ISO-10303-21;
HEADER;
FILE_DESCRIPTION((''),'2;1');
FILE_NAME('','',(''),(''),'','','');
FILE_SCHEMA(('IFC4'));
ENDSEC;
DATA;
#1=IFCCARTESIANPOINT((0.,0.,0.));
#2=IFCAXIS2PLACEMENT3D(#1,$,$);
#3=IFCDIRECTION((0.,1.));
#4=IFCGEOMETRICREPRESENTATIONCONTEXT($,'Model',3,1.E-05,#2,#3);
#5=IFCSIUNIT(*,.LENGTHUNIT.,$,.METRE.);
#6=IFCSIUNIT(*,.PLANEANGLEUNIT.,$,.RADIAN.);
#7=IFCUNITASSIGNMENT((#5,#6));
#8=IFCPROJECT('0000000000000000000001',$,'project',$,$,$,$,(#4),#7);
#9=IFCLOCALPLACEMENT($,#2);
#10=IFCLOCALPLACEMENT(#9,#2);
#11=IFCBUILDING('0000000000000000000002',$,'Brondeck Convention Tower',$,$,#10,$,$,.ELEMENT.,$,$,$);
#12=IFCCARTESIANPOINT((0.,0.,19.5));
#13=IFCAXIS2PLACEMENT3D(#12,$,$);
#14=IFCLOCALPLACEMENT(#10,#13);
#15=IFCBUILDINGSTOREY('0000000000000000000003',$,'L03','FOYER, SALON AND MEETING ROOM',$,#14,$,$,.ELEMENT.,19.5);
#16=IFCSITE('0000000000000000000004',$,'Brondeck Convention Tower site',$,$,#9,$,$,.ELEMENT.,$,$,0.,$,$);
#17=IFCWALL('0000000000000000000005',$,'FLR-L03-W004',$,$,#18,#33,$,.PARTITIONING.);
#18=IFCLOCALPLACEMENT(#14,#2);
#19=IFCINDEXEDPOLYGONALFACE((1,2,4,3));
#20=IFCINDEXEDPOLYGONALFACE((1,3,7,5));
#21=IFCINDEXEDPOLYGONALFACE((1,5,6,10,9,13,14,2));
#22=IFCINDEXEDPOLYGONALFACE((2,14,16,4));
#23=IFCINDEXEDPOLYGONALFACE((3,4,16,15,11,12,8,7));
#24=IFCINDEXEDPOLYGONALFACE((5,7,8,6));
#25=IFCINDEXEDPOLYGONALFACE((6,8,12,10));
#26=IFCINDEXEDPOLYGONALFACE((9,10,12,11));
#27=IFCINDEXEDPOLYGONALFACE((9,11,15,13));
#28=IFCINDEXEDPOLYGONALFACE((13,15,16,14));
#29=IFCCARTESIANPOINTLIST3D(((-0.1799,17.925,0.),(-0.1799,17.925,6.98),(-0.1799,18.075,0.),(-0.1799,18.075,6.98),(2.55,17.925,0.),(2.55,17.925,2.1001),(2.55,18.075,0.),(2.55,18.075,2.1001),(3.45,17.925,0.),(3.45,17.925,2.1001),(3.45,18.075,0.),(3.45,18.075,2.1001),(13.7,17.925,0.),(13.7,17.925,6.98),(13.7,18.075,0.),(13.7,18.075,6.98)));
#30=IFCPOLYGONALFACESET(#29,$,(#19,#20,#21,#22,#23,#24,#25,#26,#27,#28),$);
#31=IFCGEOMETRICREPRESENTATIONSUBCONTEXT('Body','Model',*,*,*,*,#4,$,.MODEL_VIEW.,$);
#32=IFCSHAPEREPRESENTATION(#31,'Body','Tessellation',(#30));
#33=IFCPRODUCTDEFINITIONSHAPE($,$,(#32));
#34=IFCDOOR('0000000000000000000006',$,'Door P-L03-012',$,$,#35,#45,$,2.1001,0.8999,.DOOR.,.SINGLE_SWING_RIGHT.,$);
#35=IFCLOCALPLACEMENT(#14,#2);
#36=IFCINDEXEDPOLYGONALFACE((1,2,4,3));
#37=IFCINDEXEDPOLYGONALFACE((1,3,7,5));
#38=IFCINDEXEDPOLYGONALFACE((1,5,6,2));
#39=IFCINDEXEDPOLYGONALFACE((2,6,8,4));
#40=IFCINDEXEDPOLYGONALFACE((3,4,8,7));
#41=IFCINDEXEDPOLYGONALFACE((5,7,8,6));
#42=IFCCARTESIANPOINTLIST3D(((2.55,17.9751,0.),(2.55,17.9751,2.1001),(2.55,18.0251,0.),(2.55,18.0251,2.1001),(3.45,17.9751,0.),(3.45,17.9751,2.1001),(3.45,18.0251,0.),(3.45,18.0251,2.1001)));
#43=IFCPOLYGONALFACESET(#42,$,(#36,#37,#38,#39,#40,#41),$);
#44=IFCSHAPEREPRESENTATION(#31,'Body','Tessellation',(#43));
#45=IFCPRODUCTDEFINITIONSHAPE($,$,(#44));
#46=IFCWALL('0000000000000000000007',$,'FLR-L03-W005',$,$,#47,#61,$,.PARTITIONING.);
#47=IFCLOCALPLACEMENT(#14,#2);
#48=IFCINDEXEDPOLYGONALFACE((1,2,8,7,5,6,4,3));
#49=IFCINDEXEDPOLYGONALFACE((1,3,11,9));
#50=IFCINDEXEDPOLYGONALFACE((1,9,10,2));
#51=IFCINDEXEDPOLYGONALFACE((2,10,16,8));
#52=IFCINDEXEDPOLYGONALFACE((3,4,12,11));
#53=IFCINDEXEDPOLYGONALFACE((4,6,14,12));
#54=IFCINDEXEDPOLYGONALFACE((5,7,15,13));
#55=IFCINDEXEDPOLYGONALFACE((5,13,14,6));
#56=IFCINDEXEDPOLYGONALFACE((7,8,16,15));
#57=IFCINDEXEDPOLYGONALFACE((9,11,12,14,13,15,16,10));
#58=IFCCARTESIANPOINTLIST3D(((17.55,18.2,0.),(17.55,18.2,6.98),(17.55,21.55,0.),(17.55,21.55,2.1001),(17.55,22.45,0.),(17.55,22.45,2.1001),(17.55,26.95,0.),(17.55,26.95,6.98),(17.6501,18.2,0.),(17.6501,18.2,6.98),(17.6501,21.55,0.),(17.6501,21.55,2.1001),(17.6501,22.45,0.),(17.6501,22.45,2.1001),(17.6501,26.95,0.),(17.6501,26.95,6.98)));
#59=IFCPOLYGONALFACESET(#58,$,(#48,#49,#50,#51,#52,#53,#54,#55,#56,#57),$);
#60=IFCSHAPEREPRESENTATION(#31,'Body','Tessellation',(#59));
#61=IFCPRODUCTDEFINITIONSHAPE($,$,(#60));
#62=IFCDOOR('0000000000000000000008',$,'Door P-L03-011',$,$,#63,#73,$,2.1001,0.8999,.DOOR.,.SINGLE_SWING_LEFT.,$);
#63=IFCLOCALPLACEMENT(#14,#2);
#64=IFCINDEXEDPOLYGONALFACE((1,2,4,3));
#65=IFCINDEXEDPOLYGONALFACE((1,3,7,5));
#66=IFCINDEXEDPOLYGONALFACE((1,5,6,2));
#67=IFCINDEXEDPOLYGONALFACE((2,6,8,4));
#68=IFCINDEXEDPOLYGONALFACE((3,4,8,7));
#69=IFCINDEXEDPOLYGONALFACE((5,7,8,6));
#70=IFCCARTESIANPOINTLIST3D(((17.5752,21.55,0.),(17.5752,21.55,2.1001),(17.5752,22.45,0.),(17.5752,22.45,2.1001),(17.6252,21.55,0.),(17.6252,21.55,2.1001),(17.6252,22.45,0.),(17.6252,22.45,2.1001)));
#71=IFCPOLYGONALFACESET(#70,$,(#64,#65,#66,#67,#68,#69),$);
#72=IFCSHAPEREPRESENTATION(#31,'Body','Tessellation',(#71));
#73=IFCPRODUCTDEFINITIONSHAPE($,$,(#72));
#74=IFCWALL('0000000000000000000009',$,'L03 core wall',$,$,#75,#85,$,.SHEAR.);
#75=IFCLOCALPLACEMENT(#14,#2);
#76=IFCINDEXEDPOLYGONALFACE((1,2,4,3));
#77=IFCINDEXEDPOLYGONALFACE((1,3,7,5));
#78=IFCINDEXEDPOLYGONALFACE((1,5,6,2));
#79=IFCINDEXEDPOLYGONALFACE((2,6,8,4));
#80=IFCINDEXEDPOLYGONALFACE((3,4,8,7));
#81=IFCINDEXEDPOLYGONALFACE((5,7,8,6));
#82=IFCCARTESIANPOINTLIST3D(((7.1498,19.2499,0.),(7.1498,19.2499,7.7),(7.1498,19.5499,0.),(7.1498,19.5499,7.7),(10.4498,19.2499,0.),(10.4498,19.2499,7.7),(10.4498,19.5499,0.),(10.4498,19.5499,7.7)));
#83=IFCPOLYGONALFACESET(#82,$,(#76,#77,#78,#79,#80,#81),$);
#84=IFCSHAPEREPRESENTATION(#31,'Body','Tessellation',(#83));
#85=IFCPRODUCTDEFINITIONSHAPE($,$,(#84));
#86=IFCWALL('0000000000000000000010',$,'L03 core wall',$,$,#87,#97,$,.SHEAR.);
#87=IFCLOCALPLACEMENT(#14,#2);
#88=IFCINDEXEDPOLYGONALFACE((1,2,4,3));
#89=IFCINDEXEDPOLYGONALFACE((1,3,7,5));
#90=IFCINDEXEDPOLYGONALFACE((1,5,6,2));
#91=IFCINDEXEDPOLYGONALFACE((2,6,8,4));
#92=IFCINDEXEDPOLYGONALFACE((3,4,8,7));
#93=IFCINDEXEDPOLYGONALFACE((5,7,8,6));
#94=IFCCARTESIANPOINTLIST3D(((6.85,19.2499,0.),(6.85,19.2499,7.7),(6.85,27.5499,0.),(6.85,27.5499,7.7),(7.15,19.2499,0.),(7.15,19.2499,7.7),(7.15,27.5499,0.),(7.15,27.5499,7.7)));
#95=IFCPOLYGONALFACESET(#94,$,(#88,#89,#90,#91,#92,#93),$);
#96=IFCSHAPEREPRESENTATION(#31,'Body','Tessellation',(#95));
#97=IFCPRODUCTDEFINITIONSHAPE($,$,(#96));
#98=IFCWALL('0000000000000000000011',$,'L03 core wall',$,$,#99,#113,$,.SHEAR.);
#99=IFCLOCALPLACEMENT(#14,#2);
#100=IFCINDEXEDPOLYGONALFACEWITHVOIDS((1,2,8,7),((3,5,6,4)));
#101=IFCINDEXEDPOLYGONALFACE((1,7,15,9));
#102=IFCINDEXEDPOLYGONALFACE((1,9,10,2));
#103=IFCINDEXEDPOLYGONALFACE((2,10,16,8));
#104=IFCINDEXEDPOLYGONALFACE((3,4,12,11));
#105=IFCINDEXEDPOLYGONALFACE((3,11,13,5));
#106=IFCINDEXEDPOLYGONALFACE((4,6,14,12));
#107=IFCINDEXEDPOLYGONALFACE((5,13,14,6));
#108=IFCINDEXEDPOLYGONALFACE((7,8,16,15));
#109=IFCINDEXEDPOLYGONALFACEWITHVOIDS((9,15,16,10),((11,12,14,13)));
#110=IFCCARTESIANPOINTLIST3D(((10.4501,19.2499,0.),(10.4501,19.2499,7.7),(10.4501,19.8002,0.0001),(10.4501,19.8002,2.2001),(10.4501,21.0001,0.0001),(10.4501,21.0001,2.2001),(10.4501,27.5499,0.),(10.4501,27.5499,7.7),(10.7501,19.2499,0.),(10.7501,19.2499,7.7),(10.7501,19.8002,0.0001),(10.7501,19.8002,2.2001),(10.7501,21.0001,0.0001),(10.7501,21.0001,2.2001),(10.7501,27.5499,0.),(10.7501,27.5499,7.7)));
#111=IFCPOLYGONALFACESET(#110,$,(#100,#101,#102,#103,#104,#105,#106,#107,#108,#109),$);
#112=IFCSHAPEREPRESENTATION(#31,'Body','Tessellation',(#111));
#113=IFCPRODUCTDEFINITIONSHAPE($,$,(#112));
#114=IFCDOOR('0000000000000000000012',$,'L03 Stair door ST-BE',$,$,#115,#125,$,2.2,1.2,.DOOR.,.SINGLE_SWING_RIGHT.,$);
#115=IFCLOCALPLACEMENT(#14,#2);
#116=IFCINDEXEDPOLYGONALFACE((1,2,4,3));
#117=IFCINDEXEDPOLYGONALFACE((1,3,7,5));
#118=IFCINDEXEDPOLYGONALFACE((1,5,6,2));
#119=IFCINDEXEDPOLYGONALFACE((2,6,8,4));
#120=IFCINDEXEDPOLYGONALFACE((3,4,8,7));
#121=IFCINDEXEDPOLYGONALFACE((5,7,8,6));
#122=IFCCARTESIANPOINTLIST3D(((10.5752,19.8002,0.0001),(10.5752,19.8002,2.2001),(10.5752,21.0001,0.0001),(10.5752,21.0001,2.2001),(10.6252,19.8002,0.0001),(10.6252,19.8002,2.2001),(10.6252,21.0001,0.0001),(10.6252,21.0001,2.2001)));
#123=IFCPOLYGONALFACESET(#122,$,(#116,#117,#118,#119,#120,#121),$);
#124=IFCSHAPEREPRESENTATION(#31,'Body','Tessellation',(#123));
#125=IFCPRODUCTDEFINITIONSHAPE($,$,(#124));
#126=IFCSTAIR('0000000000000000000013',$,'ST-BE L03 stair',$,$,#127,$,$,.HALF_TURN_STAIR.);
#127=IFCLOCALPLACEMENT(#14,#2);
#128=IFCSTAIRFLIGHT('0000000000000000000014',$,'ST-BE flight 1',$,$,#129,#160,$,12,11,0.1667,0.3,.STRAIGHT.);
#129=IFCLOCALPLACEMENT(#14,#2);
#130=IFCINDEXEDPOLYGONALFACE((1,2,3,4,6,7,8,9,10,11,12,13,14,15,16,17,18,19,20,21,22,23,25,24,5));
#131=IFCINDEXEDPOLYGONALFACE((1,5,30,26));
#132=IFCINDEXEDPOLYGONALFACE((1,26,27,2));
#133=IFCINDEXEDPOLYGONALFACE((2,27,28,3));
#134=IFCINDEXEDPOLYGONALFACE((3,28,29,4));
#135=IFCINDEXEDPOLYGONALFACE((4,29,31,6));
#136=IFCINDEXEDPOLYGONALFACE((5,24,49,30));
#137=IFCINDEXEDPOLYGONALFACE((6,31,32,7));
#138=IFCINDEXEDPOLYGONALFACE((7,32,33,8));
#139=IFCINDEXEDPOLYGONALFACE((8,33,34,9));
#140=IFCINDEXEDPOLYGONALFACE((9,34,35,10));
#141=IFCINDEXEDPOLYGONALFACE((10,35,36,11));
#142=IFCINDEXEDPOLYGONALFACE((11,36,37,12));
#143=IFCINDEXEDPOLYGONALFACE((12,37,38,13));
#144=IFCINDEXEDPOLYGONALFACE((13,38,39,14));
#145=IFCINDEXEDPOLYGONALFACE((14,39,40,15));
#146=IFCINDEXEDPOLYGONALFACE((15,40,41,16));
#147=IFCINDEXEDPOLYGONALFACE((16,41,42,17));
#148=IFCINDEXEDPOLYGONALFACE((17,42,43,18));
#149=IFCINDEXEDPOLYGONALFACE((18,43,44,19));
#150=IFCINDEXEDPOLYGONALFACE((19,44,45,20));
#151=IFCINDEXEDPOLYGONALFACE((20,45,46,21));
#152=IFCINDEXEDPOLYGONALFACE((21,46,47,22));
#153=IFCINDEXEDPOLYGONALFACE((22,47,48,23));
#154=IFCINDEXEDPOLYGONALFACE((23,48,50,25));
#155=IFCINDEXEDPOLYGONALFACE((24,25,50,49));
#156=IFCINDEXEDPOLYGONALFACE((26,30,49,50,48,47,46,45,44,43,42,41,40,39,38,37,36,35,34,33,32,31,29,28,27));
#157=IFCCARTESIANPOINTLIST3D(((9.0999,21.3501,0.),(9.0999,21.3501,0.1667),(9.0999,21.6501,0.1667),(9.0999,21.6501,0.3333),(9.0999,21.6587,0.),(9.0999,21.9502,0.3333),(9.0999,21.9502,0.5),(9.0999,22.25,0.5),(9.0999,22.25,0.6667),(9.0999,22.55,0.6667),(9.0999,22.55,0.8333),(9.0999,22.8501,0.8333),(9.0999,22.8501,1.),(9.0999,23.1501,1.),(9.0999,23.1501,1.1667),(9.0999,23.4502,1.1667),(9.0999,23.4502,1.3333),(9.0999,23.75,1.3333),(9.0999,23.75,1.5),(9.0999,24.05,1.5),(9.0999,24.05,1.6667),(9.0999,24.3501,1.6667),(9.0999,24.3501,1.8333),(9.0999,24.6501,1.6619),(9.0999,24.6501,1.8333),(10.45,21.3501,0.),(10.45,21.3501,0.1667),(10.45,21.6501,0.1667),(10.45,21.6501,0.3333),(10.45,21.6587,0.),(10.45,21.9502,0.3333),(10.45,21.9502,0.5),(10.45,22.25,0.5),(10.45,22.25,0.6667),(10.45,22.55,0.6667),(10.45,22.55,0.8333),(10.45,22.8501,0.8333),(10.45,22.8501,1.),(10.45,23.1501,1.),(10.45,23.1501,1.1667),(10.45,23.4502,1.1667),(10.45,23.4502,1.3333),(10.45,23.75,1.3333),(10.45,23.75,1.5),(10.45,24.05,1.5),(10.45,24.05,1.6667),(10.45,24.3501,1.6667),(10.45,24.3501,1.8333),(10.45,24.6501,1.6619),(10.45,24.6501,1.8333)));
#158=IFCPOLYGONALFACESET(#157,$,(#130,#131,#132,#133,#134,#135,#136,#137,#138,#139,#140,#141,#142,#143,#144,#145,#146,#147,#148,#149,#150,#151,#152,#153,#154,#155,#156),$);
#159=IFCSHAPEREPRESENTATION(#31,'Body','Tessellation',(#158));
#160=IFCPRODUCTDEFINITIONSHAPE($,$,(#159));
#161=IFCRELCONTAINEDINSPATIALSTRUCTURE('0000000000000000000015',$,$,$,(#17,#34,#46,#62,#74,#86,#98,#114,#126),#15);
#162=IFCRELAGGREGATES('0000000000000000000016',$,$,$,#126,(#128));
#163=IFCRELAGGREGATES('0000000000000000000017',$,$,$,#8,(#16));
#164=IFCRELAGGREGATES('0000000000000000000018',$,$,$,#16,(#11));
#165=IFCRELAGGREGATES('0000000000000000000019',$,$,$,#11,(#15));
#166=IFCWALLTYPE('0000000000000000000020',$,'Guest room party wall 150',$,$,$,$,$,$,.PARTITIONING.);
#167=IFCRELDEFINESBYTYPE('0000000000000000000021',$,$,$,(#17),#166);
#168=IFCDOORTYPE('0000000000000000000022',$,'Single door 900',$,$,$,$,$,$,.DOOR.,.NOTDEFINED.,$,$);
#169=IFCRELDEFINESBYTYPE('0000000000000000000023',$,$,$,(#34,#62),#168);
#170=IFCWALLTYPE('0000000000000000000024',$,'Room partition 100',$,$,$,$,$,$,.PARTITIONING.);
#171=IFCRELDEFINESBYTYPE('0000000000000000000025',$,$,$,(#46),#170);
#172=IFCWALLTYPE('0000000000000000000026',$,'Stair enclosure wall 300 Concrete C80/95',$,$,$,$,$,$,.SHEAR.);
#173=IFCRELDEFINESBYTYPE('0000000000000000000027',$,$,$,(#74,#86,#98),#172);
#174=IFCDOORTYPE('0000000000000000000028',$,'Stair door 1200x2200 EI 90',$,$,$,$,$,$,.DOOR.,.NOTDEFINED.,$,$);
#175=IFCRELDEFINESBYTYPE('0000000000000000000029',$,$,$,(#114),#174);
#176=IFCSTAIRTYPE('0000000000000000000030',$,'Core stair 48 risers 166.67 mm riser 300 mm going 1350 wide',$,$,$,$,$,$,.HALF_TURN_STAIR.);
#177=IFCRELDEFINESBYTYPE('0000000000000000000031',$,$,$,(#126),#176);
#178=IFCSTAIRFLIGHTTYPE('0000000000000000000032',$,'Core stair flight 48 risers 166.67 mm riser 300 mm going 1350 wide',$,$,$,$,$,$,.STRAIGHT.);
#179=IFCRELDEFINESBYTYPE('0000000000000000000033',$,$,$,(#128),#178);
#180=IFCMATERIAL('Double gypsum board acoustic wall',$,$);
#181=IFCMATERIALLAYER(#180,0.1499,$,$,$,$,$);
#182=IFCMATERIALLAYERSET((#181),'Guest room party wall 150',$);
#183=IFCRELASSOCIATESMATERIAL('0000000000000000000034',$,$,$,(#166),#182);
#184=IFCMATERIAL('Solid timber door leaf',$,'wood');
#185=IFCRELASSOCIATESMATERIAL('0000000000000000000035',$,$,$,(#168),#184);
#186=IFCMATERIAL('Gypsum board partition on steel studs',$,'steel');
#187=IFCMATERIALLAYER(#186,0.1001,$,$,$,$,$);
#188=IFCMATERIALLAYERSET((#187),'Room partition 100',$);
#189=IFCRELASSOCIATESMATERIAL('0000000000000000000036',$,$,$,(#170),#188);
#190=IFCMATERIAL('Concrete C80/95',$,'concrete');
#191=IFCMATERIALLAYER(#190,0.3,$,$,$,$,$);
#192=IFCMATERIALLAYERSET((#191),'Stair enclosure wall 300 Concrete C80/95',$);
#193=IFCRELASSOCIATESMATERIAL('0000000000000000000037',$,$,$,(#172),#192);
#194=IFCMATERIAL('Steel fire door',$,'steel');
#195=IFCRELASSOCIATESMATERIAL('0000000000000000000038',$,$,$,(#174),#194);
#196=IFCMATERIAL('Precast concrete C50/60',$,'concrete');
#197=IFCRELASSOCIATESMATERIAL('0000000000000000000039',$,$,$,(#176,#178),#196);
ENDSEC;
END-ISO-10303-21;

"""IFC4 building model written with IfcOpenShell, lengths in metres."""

from ifc_helpers import new_model, si_unit, direction, frame, frame_2d, origin, place, context, subcontext, project, spatial, polyline, rectangle, outline, extrude, material, layer, layer_set, type_object, element, fill, aggregate, save


model = new_model("IFC4")

# Units and contexts
model_context = context("Model", 3, precision=1e-05, world=origin(), true_north=direction((0.0, 1.0)))
body_context = subcontext(model_context, "Body", "Model", "MODEL_VIEW")
ifc_project = project(units=[si_unit("LENGTHUNIT", "METRE"), si_unit("PLANEANGLEUNIT", "RADIAN")], contexts=[model_context])

# Site, building, storey
site_placement = place(None, origin())
site = spatial("IfcSite", under=ifc_project, at=site_placement, Name="Brondeck Convention Tower site", CompositionType="ELEMENT", RefElevation=0.0)
building_placement = place(site_placement, origin())
building = spatial("IfcBuilding", under=site, at=building_placement, Name="Brondeck Convention Tower", CompositionType="ELEMENT")
storey_placement = place(building_placement, frame((0.0, 0.0, 19.5)))
storey = spatial("IfcBuildingStorey", under=building, at=storey_placement, Name="L03", Description="FOYER, SALON AND MEETING ROOM", CompositionType="ELEMENT", Elevation=19.5)

# Shared definitions
ifc_material_1 = material(Name="Concrete C80/95", Category="concrete")

# Walls, openings, doors
ifc_material_2 = material(Name="Double gypsum board acoustic wall")
ifc_layer_1 = layer(ifc_material_2, 0.1499)
ifc_layer_set_1 = layer_set([ifc_layer_1], Name="Guest room party wall 150")
wall_type_1 = type_object("IfcWallType", Name="Guest room party wall 150", PredefinedType="PARTITIONING", material=ifc_layer_set_1)
wall_1_placement = place(storey_placement, frame((13.7, 18.0, 0.0), z_axis=(0.0, 0.0, 1.0), x_axis=(-1.0, 0.0, 0.0)))
wall_1 = element("IfcWall", 1, at=wall_1_placement, inside=storey, type_object=wall_type_1, Name="FLR-L03-W004", PredefinedType="PARTITIONING", context=body_context, shape_type="SweptSolid", body=[
    extrude(rectangle(XDim=13.8799, YDim=0.1499, at=frame_2d((6.9399, 0.0))), origin(), (0.0, 0.0, 1.0), 6.98),
])
opening_1_placement = place(wall_1_placement, frame((10.25, 0.0, 0.0)))
opening_1 = element("IfcOpeningElement", 2, at=opening_1_placement, cuts=wall_1, PredefinedType="OPENING", context=body_context, shape_type="SweptSolid", body=[
    extrude(rectangle(XDim=0.8999, YDim=2.1001, at=frame_2d((0.45, 1.05))), frame((0.0, 0.085, 0.0), z_axis=(0.0, -1.0, 0.0), x_axis=(1.0, 0.0, 0.0)), (0.0, 0.0, 1.0), 0.1699),
])
ifc_material_3 = material(Name="Solid timber door leaf", Category="wood")
door_type_1 = type_object("IfcDoorType", Name="Single door 900", OperationType="NOTDEFINED", PredefinedType="DOOR", material=ifc_material_3)
door_1_placement = place(opening_1_placement, origin())
door_1 = element("IfcDoor", 3, at=door_1_placement, inside=storey, type_object=door_type_1, Name="Door P-L03-012", OperationType="SINGLE_SWING_RIGHT", OverallHeight=2.1001, OverallWidth=0.8999, PredefinedType="DOOR", context=body_context, shape_type="SweptSolid", body=[
    extrude(rectangle(XDim=0.8999, YDim=2.1001, at=frame_2d((0.45, 1.05))), frame((0.0, 0.0249, 0.0), z_axis=(0.0, -1.0, 0.0), x_axis=(1.0, 0.0, 0.0)), (0.0, 0.0, 1.0), 0.05),
])
fill(opening_1, door_1)
ifc_material_4 = material(Name="Gypsum board partition on steel studs", Category="steel")
ifc_layer_2 = layer(ifc_material_4, 0.1001)
ifc_layer_set_2 = layer_set([ifc_layer_2], Name="Room partition 100")
wall_type_2 = type_object("IfcWallType", Name="Room partition 100", PredefinedType="PARTITIONING", material=ifc_layer_set_2)
wall_2_placement = place(storey_placement, frame((17.6001, 18.2, 0.0), z_axis=(0.0, 0.0, 1.0), x_axis=(0.0, 1.0, 0.0)))
wall_2 = element("IfcWall", 4, at=wall_2_placement, inside=storey, type_object=wall_type_2, Name="FLR-L03-W005", PredefinedType="PARTITIONING", context=body_context, shape_type="SweptSolid", body=[
    extrude(rectangle(XDim=8.75, YDim=0.1001, at=frame_2d((4.375, 0.0))), origin(), (0.0, 0.0, 1.0), 6.98),
])
opening_2_placement = place(wall_2_placement, frame((3.3501, 0.0, 0.0)))
opening_2 = element("IfcOpeningElement", 5, at=opening_2_placement, cuts=wall_2, PredefinedType="OPENING", context=body_context, shape_type="SweptSolid", body=[
    extrude(rectangle(XDim=0.8999, YDim=2.1001, at=frame_2d((0.45, 1.05))), frame((0.0, 0.0601, 0.0), z_axis=(0.0, -1.0, 0.0), x_axis=(1.0, 0.0, 0.0)), (0.0, 0.0, 1.0), 0.1201),
])
door_2_placement = place(opening_2_placement, origin())
door_2 = element("IfcDoor", 6, at=door_2_placement, inside=storey, type_object=door_type_1, Name="Door P-L03-011", OperationType="SINGLE_SWING_LEFT", OverallHeight=2.1001, OverallWidth=0.8999, PredefinedType="DOOR", context=body_context, shape_type="SweptSolid", body=[
    extrude(rectangle(XDim=0.8999, YDim=2.1001, at=frame_2d((0.45, 1.05))), frame((0.0, 0.0249, 0.0), z_axis=(0.0, -1.0, 0.0), x_axis=(1.0, 0.0, 0.0)), (0.0, 0.0, 1.0), 0.05),
])
fill(opening_2, door_2)

# Walls
ifc_layer_3 = layer(ifc_material_1, 0.3)
ifc_layer_set_3 = layer_set([ifc_layer_3], Name="Stair enclosure wall 300 Concrete C80/95")
wall_type_3 = type_object("IfcWallType", Name="Stair enclosure wall 300 Concrete C80/95", PredefinedType="SHEAR", material=ifc_layer_set_3)
wall_3_placement = place(storey_placement, frame((7.1499, 19.3999, 0.0), z_axis=(0.0, 0.0, 1.0), x_axis=(1.0, 0.0, 0.0)))
element("IfcWall", 7, at=wall_3_placement, inside=storey, type_object=wall_type_3, Name="L03 core wall", PredefinedType="SHEAR", context=body_context, shape_type="SweptSolid", body=[
    extrude(rectangle(XDim=3.3, YDim=0.3, at=frame_2d((1.6499, 0.0))), origin(), (0.0, 0.0, 1.0), 7.7),
])
wall_4_placement = place(storey_placement, frame((7.0, 19.25, 0.0), z_axis=(0.0, 0.0, 1.0), x_axis=(0.0, 1.0, 0.0)))
element("IfcWall", 8, at=wall_4_placement, inside=storey, type_object=wall_type_3, Name="L03 core wall", PredefinedType="SHEAR", context=body_context, shape_type="SweptSolid", body=[
    extrude(rectangle(XDim=8.3, YDim=0.3, at=frame_2d((4.1499, 0.0))), origin(), (0.0, 0.0, 1.0), 7.7),
])

# Wall, opening, door
wall_5_placement = place(storey_placement, frame((10.6001, 19.25, 0.0), z_axis=(0.0, 0.0, 1.0), x_axis=(0.0, 1.0, 0.0)))
wall_5 = element("IfcWall", 9, at=wall_5_placement, inside=storey, type_object=wall_type_3, Name="L03 core wall", PredefinedType="SHEAR", context=body_context, shape_type="SweptSolid", body=[
    extrude(rectangle(XDim=8.3, YDim=0.3, at=frame_2d((4.1499, 0.0))), origin(), (0.0, 0.0, 1.0), 7.7),
])
opening_3_placement = place(wall_5_placement, frame((0.55, 0.0, 0.0)))
opening_3 = element("IfcOpeningElement", 10, at=opening_3_placement, cuts=wall_5, PredefinedType="OPENING", context=body_context, shape_type="SweptSolid", body=[
    extrude(rectangle(XDim=1.2, YDim=2.2, at=frame_2d((0.6001, 1.1001))), frame((0.0, 0.1599, 0.0), z_axis=(0.0, -1.0, 0.0), x_axis=(1.0, 0.0, 0.0)), (0.0, 0.0, 1.0), 0.3201),
])
ifc_material_5 = material(Name="Steel fire door", Category="steel")
door_type_2 = type_object("IfcDoorType", Name="Stair door 1200x2200 EI 90", OperationType="NOTDEFINED", PredefinedType="DOOR", material=ifc_material_5)
door_3_placement = place(opening_3_placement, origin())
door_3 = element("IfcDoor", 11, at=door_3_placement, inside=storey, type_object=door_type_2, Name="L03 Stair door ST-BE", OperationType="SINGLE_SWING_RIGHT", OverallHeight=2.2, OverallWidth=1.2, PredefinedType="DOOR", context=body_context, shape_type="SweptSolid", body=[
    extrude(rectangle(XDim=1.2, YDim=2.2, at=frame_2d((0.6001, 1.1001))), frame((0.0, 0.0249, 0.0), z_axis=(0.0, -1.0, 0.0), x_axis=(1.0, 0.0, 0.0)), (0.0, 0.0, 1.0), 0.05),
])
fill(opening_3, door_3)

# Stair, stair flight
ifc_material_6 = material(Name="Precast concrete C50/60", Category="concrete")
stair_type = type_object("IfcStairType", Name="Core stair 48 risers 166.67 mm riser 300 mm going 1350 wide", PredefinedType="HALF_TURN_STAIR", material=ifc_material_6)
stair_placement = place(storey_placement, origin())
stair = element("IfcStair", 12, at=stair_placement, inside=storey, type_object=stair_type, Name="ST-BE L03 stair", PredefinedType="HALF_TURN_STAIR")
stair_flight_type = type_object("IfcStairFlightType", Name="Core stair flight 48 risers 166.67 mm riser 300 mm going 1350 wide", PredefinedType="STRAIGHT", material=ifc_material_6)
stair_flight_1_placement = place(storey_placement, frame((9.7749, 21.3501, 0.0), z_axis=(0.0, 0.0, 1.0), x_axis=(0.0, 1.0, 0.0)))
stair_flight_1 = element("IfcStairFlight", 13, at=stair_flight_1_placement, type_object=stair_flight_type, Name="ST-BE flight 1", NumberOfRisers=12, NumberOfTreads=11, PredefinedType="STRAIGHT", RiserHeight=0.1667, TreadLength=0.3, context=body_context, shape_type="SweptSolid", body=[
    extrude(outline(polyline([(0.0, 0.0), (0.0, 0.1667), (0.3, 0.1667), (0.3, 0.3333), (0.6001, 0.3333), (0.6001, 0.5), (0.8999, 0.5), (0.8999, 0.6667), (1.2, 0.6667), (1.2, 0.8333), (1.5, 0.8333), (1.5, 1.0), (1.8, 1.0), (1.8, 1.1667), (2.1001, 1.1667), (2.1001, 1.3333), (2.3999, 1.3333), (2.3999, 1.5), (2.7, 1.5), (2.7, 1.6667), (3.0, 1.6667), (3.0, 1.8333), (3.3, 1.8333), (3.3, 2.0), (3.3, 1.6619), (0.3086, 0.0), (0.0, 0.0)])), frame((0.0, 0.675, 0.0), z_axis=(0.0, -1.0, 0.0), x_axis=(1.0, 0.0, 0.0)), (0.0, 0.0, 1.0), 1.3501),
])
aggregate(stair, [stair_flight_1])

save(model, "model.ifc")
